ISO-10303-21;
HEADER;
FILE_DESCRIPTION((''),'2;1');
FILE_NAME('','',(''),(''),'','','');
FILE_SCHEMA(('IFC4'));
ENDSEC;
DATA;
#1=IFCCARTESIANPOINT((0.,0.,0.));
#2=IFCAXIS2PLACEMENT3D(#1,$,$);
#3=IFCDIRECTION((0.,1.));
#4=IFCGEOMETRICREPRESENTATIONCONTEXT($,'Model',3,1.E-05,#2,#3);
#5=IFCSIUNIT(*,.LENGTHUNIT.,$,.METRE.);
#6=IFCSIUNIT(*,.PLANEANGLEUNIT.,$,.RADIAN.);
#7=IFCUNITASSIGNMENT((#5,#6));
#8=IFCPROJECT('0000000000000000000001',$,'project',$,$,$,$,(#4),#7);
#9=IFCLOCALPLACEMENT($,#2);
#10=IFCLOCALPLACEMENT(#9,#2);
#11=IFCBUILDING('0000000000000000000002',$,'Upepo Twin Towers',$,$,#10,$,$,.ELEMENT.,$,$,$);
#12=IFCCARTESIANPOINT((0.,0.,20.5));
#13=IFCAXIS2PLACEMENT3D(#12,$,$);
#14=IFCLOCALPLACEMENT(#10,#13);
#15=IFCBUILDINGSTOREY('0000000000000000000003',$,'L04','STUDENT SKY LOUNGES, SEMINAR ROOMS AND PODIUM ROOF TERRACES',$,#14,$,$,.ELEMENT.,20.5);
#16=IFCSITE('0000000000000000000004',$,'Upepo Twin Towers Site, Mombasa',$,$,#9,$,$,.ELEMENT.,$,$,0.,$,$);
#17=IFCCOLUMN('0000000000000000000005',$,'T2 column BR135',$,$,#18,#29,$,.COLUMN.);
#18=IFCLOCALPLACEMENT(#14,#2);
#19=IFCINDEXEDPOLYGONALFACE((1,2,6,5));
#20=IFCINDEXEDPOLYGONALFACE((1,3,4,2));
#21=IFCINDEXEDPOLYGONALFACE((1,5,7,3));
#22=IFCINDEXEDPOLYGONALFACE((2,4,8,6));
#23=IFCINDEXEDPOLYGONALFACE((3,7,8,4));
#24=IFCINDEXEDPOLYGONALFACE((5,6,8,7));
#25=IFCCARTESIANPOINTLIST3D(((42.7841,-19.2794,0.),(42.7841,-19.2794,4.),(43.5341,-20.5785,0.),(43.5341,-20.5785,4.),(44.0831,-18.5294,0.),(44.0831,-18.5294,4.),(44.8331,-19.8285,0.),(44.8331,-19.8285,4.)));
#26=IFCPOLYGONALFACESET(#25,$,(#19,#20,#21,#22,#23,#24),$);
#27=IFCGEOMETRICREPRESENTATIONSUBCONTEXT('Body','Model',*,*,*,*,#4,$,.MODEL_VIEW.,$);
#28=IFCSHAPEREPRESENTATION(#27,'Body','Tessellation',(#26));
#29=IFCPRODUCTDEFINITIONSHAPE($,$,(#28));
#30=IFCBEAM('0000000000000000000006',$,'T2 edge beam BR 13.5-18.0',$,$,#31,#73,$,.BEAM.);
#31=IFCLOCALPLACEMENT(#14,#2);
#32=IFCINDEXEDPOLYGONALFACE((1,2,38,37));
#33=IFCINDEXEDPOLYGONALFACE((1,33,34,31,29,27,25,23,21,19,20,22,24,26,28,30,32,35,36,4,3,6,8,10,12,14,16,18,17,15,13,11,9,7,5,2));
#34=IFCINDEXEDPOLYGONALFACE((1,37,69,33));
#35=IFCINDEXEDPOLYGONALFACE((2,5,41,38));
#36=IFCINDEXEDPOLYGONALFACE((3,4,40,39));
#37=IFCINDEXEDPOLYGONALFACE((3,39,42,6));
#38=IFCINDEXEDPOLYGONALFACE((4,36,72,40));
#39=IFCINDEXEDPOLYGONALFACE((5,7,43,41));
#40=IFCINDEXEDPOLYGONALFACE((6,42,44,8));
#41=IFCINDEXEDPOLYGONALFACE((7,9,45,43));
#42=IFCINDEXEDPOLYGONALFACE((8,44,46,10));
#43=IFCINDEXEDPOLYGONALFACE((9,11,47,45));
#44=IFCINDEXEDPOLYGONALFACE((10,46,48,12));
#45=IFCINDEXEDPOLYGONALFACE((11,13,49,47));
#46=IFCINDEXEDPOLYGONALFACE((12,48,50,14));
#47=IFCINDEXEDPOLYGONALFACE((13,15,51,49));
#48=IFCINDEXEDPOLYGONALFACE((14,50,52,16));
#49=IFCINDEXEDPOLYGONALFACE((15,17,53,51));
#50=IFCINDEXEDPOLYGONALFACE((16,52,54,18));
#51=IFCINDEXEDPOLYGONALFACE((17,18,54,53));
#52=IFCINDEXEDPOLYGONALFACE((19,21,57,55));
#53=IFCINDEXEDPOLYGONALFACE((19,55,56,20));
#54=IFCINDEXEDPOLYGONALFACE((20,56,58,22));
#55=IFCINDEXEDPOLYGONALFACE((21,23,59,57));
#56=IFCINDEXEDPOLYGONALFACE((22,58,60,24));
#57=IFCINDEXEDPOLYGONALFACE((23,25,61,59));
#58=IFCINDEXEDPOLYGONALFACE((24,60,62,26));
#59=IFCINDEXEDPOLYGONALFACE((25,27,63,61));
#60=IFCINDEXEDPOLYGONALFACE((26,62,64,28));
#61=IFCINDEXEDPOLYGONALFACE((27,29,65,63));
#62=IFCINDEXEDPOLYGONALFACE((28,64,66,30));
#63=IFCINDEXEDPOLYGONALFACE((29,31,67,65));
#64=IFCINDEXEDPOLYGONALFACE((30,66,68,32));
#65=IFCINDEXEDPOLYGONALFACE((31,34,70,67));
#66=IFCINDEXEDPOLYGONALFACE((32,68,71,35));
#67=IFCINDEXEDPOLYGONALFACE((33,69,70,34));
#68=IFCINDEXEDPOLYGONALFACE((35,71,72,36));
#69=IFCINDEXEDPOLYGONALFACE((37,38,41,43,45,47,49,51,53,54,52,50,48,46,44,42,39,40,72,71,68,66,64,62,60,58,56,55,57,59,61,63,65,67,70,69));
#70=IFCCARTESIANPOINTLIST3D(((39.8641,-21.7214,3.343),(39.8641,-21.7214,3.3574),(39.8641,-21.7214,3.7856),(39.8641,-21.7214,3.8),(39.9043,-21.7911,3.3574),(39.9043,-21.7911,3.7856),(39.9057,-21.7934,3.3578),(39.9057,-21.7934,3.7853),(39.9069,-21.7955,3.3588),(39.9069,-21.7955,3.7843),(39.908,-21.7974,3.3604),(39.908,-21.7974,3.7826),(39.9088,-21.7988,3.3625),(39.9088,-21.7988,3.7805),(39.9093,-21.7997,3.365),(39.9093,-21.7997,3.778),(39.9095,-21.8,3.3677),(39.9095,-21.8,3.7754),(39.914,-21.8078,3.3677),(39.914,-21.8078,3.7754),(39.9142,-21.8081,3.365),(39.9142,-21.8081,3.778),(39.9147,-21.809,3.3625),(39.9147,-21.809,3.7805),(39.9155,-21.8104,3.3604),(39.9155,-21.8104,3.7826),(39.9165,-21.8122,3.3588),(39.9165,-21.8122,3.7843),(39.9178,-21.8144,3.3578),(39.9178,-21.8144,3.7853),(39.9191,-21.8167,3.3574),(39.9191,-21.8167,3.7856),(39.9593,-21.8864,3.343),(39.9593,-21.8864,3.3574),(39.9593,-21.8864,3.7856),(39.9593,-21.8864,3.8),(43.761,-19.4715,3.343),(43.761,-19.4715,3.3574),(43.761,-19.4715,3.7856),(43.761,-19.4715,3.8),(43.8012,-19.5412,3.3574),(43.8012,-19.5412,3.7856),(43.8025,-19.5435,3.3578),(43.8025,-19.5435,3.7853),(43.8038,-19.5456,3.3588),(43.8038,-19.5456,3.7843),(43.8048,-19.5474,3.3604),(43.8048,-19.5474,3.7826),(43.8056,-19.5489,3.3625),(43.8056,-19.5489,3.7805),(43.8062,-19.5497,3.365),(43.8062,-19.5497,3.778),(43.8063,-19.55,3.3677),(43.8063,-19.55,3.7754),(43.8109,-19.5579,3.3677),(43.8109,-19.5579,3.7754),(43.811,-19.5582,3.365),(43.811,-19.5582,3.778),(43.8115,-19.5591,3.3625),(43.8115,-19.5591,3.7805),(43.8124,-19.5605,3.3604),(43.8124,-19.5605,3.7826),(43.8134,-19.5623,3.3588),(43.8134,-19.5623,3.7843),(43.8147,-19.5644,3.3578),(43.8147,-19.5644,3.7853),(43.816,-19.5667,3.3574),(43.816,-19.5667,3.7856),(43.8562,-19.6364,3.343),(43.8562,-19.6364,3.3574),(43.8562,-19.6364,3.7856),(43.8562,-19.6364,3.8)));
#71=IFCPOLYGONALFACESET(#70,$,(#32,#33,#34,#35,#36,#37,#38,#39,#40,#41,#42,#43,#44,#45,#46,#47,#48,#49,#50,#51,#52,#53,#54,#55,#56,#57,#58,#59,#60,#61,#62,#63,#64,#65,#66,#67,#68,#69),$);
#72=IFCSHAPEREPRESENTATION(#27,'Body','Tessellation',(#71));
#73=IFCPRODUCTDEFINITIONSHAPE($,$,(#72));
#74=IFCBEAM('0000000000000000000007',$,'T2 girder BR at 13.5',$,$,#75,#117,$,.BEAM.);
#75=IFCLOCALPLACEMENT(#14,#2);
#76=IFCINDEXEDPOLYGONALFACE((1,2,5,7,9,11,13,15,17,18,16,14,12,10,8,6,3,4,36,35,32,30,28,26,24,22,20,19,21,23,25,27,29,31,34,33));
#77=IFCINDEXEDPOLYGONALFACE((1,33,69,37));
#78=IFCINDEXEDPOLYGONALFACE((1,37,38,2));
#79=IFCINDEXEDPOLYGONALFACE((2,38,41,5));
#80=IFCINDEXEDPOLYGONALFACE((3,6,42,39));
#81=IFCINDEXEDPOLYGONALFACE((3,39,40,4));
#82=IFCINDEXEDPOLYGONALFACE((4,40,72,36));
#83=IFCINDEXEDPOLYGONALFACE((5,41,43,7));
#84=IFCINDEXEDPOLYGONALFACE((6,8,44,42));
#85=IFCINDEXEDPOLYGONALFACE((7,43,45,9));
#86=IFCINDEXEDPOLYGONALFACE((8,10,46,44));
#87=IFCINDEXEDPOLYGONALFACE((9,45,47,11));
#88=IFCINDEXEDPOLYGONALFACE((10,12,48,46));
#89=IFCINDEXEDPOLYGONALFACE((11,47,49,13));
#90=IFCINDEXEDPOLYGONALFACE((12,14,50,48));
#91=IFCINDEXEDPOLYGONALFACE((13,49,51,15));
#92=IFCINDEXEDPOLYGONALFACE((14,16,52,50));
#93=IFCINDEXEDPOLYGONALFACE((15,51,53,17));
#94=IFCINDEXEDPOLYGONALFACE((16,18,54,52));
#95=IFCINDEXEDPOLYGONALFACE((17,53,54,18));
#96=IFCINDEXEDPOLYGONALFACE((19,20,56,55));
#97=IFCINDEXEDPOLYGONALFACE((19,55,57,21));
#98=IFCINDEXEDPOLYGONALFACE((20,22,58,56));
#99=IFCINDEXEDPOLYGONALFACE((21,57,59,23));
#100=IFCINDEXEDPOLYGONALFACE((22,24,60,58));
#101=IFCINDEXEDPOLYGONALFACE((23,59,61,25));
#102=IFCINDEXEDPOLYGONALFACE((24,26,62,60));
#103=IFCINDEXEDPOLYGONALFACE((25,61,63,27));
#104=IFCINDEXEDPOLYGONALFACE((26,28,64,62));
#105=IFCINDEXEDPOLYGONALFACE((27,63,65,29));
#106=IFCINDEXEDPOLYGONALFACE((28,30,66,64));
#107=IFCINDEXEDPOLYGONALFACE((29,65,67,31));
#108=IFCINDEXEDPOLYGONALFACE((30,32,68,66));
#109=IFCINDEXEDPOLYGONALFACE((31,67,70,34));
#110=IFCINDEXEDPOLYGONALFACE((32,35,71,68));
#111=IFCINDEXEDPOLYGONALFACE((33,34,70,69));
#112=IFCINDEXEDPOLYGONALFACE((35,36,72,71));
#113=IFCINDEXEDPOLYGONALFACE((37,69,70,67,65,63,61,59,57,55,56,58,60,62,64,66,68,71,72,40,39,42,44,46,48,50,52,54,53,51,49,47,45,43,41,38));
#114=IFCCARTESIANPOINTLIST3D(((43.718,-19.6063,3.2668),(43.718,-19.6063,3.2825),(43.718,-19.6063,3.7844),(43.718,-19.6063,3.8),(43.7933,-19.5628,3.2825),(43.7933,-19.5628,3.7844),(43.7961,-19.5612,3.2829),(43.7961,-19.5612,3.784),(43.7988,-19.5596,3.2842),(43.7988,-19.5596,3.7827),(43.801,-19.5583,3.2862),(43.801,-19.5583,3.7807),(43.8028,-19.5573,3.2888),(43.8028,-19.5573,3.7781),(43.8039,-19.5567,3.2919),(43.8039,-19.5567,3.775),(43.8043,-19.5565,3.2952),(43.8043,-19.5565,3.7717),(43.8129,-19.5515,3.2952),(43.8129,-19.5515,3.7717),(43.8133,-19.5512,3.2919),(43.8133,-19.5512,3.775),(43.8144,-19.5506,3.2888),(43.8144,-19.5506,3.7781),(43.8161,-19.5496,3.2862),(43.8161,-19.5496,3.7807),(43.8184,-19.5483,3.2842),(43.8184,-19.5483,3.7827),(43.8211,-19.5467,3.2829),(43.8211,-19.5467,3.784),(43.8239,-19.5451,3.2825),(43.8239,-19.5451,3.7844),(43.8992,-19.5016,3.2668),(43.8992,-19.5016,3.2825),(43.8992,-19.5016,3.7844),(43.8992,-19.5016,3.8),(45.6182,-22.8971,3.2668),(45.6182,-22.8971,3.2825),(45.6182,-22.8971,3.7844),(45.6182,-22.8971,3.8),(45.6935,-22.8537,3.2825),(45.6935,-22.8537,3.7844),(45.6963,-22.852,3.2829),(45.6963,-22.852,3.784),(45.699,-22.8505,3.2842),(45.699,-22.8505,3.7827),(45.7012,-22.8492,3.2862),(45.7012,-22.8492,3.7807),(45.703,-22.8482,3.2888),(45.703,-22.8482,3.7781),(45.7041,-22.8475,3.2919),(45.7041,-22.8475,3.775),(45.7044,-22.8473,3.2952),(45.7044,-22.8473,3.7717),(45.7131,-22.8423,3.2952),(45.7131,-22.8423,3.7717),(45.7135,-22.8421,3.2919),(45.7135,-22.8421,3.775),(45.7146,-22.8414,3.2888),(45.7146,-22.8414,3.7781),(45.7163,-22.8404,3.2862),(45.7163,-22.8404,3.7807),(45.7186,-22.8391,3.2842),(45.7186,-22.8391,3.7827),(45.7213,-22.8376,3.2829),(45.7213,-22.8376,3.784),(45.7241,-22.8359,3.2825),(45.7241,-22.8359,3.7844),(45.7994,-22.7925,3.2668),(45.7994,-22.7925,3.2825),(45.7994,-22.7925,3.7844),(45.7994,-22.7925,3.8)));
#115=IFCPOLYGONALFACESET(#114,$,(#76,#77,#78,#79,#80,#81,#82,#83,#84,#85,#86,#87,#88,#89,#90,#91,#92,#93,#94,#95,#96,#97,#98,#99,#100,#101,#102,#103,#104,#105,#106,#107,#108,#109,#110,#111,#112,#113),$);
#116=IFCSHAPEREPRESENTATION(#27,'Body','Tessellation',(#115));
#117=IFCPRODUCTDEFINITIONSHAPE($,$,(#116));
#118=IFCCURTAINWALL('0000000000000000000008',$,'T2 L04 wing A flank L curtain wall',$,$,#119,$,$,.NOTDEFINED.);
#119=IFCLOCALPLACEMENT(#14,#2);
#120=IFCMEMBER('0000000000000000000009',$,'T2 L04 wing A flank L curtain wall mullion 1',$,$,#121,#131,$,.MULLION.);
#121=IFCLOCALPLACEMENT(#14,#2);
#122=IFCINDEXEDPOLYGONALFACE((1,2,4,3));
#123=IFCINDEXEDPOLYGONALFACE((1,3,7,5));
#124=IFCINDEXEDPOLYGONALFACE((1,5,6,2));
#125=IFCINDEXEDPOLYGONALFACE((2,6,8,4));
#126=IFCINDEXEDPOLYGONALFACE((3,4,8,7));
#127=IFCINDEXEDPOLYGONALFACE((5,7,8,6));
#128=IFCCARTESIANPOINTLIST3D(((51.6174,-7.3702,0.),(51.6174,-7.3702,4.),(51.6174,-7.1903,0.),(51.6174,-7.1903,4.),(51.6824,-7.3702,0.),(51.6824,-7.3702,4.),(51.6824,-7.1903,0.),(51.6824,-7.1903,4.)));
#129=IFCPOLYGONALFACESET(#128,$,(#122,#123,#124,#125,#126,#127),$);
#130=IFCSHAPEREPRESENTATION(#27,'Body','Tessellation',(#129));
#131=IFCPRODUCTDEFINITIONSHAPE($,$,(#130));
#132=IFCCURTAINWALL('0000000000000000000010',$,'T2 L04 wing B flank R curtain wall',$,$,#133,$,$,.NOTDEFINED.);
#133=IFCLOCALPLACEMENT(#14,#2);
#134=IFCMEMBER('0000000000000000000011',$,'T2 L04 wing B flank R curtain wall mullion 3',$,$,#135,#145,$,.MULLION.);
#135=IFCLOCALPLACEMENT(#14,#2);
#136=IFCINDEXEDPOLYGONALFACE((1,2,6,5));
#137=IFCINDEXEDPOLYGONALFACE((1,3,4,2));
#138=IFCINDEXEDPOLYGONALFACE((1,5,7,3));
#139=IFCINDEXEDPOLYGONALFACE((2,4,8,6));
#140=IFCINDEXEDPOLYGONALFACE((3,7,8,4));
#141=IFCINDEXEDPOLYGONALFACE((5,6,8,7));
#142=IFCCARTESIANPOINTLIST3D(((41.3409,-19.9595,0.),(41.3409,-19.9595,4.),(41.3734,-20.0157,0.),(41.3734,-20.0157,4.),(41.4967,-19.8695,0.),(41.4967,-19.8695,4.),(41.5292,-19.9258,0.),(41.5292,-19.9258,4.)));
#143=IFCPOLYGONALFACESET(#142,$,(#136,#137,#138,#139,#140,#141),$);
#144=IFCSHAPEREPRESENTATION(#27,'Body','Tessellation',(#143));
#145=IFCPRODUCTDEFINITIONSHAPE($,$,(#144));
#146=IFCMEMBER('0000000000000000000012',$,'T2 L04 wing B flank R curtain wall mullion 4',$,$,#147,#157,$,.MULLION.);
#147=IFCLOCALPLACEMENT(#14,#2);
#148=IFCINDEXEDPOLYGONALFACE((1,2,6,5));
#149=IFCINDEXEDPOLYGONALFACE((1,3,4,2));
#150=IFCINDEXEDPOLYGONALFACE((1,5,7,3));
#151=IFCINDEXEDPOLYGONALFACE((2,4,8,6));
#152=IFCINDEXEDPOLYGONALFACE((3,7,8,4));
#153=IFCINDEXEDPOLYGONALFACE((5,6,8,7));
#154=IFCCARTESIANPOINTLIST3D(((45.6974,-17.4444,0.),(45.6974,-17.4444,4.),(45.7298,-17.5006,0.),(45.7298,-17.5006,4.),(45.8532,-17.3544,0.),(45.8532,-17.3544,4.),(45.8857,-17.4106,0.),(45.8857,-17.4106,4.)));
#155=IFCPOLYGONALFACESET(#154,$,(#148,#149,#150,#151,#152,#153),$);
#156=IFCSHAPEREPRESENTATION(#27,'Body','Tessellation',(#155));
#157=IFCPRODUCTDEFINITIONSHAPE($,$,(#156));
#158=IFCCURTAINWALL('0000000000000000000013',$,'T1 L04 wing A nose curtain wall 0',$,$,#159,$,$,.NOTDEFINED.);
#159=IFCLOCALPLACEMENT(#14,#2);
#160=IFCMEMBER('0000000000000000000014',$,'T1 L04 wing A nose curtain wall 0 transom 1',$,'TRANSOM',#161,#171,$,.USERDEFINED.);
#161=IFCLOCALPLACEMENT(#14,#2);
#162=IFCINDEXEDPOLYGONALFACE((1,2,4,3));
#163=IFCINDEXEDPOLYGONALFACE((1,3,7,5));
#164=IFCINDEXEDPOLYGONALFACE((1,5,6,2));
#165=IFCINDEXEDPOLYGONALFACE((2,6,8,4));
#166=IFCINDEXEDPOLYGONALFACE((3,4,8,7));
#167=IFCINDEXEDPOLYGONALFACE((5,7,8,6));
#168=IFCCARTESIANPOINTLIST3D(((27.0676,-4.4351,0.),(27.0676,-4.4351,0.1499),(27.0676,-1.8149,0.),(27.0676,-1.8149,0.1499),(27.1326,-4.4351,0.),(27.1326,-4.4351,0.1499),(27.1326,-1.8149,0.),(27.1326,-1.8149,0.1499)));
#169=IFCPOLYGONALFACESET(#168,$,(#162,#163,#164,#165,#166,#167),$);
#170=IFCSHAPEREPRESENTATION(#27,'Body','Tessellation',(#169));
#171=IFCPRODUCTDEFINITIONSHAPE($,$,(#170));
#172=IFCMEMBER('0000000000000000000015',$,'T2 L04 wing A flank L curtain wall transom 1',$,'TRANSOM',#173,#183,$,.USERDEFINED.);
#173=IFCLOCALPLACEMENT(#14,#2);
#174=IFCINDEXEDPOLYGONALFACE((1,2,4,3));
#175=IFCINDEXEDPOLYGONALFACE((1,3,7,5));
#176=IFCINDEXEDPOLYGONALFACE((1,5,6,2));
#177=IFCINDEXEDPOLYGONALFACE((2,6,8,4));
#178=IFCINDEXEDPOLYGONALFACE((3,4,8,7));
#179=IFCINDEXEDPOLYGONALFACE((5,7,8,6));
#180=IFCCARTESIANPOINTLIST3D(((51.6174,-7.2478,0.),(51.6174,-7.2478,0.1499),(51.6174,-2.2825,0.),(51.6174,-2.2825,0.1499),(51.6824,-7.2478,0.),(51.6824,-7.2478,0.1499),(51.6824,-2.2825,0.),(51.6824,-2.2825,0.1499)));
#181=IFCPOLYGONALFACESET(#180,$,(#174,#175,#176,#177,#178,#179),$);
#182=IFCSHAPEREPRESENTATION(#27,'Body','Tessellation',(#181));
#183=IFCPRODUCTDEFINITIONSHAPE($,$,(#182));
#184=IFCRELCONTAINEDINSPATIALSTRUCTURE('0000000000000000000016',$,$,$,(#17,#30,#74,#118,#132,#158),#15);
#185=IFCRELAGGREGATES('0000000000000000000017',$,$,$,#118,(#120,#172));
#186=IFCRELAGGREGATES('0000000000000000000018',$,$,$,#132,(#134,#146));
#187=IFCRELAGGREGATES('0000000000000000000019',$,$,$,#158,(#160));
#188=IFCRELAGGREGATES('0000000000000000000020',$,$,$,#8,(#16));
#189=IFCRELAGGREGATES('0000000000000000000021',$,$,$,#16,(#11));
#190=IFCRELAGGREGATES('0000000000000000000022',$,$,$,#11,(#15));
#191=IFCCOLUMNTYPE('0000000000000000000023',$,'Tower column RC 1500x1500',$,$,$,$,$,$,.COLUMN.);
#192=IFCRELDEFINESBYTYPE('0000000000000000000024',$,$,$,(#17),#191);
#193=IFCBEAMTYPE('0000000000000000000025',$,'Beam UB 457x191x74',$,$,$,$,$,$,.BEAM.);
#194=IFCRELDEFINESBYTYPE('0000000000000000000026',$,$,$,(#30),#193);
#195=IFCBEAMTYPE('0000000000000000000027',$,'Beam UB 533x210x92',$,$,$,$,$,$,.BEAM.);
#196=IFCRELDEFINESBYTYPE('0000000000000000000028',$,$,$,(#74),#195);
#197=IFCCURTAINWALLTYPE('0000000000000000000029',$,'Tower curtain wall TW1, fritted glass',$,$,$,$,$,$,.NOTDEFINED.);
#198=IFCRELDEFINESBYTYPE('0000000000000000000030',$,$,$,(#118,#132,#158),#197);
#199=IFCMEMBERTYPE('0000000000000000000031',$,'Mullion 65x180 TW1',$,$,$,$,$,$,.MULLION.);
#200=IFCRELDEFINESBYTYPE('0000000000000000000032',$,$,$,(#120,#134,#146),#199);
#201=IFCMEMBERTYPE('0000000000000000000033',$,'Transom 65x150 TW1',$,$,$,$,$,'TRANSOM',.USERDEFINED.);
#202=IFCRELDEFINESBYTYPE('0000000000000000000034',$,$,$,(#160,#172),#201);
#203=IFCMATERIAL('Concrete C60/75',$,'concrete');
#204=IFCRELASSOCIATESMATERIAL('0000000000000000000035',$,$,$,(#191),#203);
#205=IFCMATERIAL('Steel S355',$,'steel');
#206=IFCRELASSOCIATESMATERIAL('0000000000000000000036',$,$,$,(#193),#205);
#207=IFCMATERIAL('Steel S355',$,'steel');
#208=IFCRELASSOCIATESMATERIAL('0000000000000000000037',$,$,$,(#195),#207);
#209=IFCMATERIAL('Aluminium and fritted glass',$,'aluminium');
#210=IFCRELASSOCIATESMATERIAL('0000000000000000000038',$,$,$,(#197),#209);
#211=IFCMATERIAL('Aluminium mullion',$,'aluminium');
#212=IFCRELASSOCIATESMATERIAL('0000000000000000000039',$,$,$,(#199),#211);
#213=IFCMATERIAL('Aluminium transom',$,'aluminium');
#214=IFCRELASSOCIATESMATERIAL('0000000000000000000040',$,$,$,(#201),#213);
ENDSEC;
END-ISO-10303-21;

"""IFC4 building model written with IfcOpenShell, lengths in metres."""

from ifc_helpers import new_model, si_unit, direction, frame, origin, origin_2d, place, context, subcontext, project, spatial, rectangle, i_section, extrude, material, material_profile, profile_set, type_object, element, aggregate, save


model = new_model("IFC4")

# Units and contexts
model_context = context("Model", 3, precision=1e-05, world=origin(), true_north=direction((0.0, 1.0)))
body_context = subcontext(model_context, "Body", "Model", "MODEL_VIEW")
ifc_project = project(units=[si_unit("LENGTHUNIT", "METRE"), si_unit("PLANEANGLEUNIT", "RADIAN")], contexts=[model_context])

# Site, building, storey
site_placement = place(None, origin())
site = spatial("IfcSite", under=ifc_project, at=site_placement, Name="Upepo Twin Towers Site, Mombasa", CompositionType="ELEMENT", RefElevation=0.0)
building_placement = place(site_placement, origin())
building = spatial("IfcBuilding", under=site, at=building_placement, Name="Upepo Twin Towers", CompositionType="ELEMENT")
storey_placement = place(building_placement, frame((0.0, 0.0, 20.5)))
storey = spatial("IfcBuildingStorey", under=building, at=storey_placement, Name="L04", Description="STUDENT SKY LOUNGES, SEMINAR ROOMS AND PODIUM ROOF TERRACES", CompositionType="ELEMENT", Elevation=20.5)

# Column
ifc_material_1 = material(Name="Concrete C60/75", Category="concrete")
ifc_material_profile_1 = material_profile(ifc_material_1, rectangle(XDim=1.5, YDim=1.5, at=origin_2d()), Name="RC 1500x1500")
ifc_profile_set_1 = profile_set([ifc_material_profile_1], Name="Concrete C60/75")
column_type = type_object("IfcColumnType", Name="Tower column RC 1500x1500", PredefinedType="COLUMN", material=ifc_profile_set_1)
column_placement = place(storey_placement, frame((43.8086, -19.554, 0.0), z_axis=(0.0, 0.0, 1.0), x_axis=(0.866025, 0.5, 0.0)))
element("IfcColumn", 1, at=column_placement, inside=storey, type_object=column_type, Name="T2 column BR135", PredefinedType="COLUMN", context=body_context, shape_type="SweptSolid", body=[
    extrude(rectangle(XDim=1.5, YDim=1.5, at=origin_2d()), origin(), (0.0, 0.0, 1.0), 4.0),
])

# Beams
ifc_material_2 = material(Name="Steel S355", Category="steel")
ifc_material_profile_2 = material_profile(ifc_material_2, i_section(OverallWidth=0.1904, OverallDepth=0.457, WebThickness=0.009, FlangeThickness=0.0144, FilletRadius=0.0103, at=origin_2d()), Name="UB 457x191x74")
ifc_profile_set_2 = profile_set([ifc_material_profile_2], Name="Steel S355")
beam_type_1 = type_object("IfcBeamType", Name="Beam UB 457x191x74", PredefinedType="BEAM", material=ifc_profile_set_2)
beam_1_placement = place(storey_placement, frame((43.8086, -19.554, 3.5715), z_axis=(-0.866018, -0.500014, 0.0), x_axis=(0.500014, -0.866018, 0.0)))
element("IfcBeam", 2, at=beam_1_placement, inside=storey, type_object=beam_type_1, Name="T2 edge beam BR 13.5-18.0", PredefinedType="BEAM", context=body_context, shape_type="SweptSolid", body=[
    extrude(i_section(OverallWidth=0.1904, OverallDepth=0.457, WebThickness=0.009, FlangeThickness=0.0144, FilletRadius=0.0103, at=origin_2d()), origin(), (0.0, 0.0, 1.0), 4.4998),
])
ifc_material_3 = material(Name="Steel S355", Category="steel")
ifc_material_profile_3 = material_profile(ifc_material_3, i_section(OverallWidth=0.2092, OverallDepth=0.5332, WebThickness=0.01, FlangeThickness=0.0156, FilletRadius=0.0127, at=origin_2d()), Name="UB 533x210x92")
ifc_profile_set_3 = profile_set([ifc_material_profile_3], Name="Steel S355")
beam_type_2 = type_object("IfcBeamType", Name="Beam UB 533x210x92", PredefinedType="BEAM", material=ifc_profile_set_3)
beam_2_placement = place(storey_placement, frame((43.8086, -19.554, 3.5334), z_axis=(0.500043, -0.866, 0.0), x_axis=(0.866, 0.500043, 0.0)))
element("IfcBeam", 3, at=beam_2_placement, inside=storey, type_object=beam_type_2, Name="T2 girder BR at 13.5", PredefinedType="BEAM", context=body_context, shape_type="SweptSolid", body=[
    extrude(i_section(OverallWidth=0.2092, OverallDepth=0.5332, WebThickness=0.01, FlangeThickness=0.0156, FilletRadius=0.0127, at=origin_2d()), origin(), (0.0, 0.0, 1.0), 3.8),
])

# Curtain wall, member
ifc_material_4 = material(Name="Aluminium and fritted glass", Category="aluminium")
curtain_wall_type = type_object("IfcCurtainWallType", Name="Tower curtain wall TW1, fritted glass", PredefinedType="NOTDEFINED", material=ifc_material_4)
curtain_wall_1_placement = place(storey_placement, origin())
curtain_wall_1 = element("IfcCurtainWall", 4, at=curtain_wall_1_placement, inside=storey, type_object=curtain_wall_type, Name="T2 L04 wing A flank L curtain wall", PredefinedType="NOTDEFINED")
ifc_material_5 = material(Name="Aluminium mullion", Category="aluminium")
ifc_material_profile_4 = material_profile(ifc_material_5, rectangle(XDim=0.0649, YDim=0.1799, at=origin_2d()), Name="MULLION 65x180")
ifc_profile_set_4 = profile_set([ifc_material_profile_4], Name="Aluminium mullion")
member_type_1 = type_object("IfcMemberType", Name="Mullion 65x180 TW1", PredefinedType="MULLION", material=ifc_profile_set_4)
member_1_placement = place(storey_placement, frame((51.6499, -7.2803, 0.0), z_axis=(0.0, 0.0, 1.0), x_axis=(-1.0, 0.0, 0.0)))
member_1 = element("IfcMember", 5, at=member_1_placement, type_object=member_type_1, Name="T2 L04 wing A flank L curtain wall mullion 1", PredefinedType="MULLION", context=body_context, shape_type="SweptSolid", body=[
    extrude(rectangle(XDim=0.0649, YDim=0.1799, at=origin_2d()), origin(), (0.0, 0.0, 1.0), 4.0),
])

# Curtain wall, members
curtain_wall_2_placement = place(storey_placement, origin())
curtain_wall_2 = element("IfcCurtainWall", 6, at=curtain_wall_2_placement, inside=storey, type_object=curtain_wall_type, Name="T2 L04 wing B flank R curtain wall", PredefinedType="NOTDEFINED")
member_2_placement = place(storey_placement, frame((41.4351, -19.9426, 0.0), z_axis=(0.0, 0.0, 1.0), x_axis=(-0.5, 0.866025, 0.0)))
member_2 = element("IfcMember", 7, at=member_2_placement, type_object=member_type_1, Name="T2 L04 wing B flank R curtain wall mullion 3", PredefinedType="MULLION", context=body_context, shape_type="SweptSolid", body=[
    extrude(rectangle(XDim=0.0649, YDim=0.1799, at=origin_2d()), origin(), (0.0, 0.0, 1.0), 4.0),
])
member_3_placement = place(storey_placement, frame((45.7915, -17.4275, 0.0), z_axis=(0.0, 0.0, 1.0), x_axis=(-0.5, 0.866025, 0.0)))
member_3 = element("IfcMember", 8, at=member_3_placement, type_object=member_type_1, Name="T2 L04 wing B flank R curtain wall mullion 4", PredefinedType="MULLION", context=body_context, shape_type="SweptSolid", body=[
    extrude(rectangle(XDim=0.0649, YDim=0.1799, at=origin_2d()), origin(), (0.0, 0.0, 1.0), 4.0),
])

# Curtain wall, member
curtain_wall_3_placement = place(storey_placement, origin())
curtain_wall_3 = element("IfcCurtainWall", 9, at=curtain_wall_3_placement, inside=storey, type_object=curtain_wall_type, Name="T1 L04 wing A nose curtain wall 0", PredefinedType="NOTDEFINED")
ifc_material_6 = material(Name="Aluminium transom", Category="aluminium")
ifc_material_profile_5 = material_profile(ifc_material_6, rectangle(XDim=0.0649, YDim=0.1499, at=origin_2d()), Name="TRANSOM 65x150")
ifc_profile_set_5 = profile_set([ifc_material_profile_5], Name="Aluminium transom")
member_type_2 = type_object("IfcMemberType", Name="Transom 65x150 TW1", ElementType="TRANSOM", PredefinedType="USERDEFINED", material=ifc_profile_set_5)
member_4_placement = place(storey_placement, frame((27.1001, -4.4351, 0.075), z_axis=(0.0, 1.0, 0.0), x_axis=(-1.0, 0.0, 0.0)))
member_4 = element("IfcMember", 10, at=member_4_placement, type_object=member_type_2, Name="T1 L04 wing A nose curtain wall 0 transom 1", ObjectType="TRANSOM", PredefinedType="USERDEFINED", context=body_context, shape_type="SweptSolid", body=[
    extrude(rectangle(XDim=0.0649, YDim=0.1499, at=origin_2d()), origin(), (0.0, 0.0, 1.0), 2.6201),
])

# Member
member_5_placement = place(storey_placement, frame((51.6499, -7.2478, 0.075), z_axis=(0.0, 1.0, 0.0), x_axis=(-1.0, 0.0, 0.0)))
member_5 = element("IfcMember", 11, at=member_5_placement, type_object=member_type_2, Name="T2 L04 wing A flank L curtain wall transom 1", ObjectType="TRANSOM", PredefinedType="USERDEFINED", context=body_context, shape_type="SweptSolid", body=[
    extrude(rectangle(XDim=0.0649, YDim=0.1499, at=origin_2d()), origin(), (0.0, 0.0, 1.0), 4.9653),
])

aggregate(curtain_wall_1, [member_1, member_5])
aggregate(curtain_wall_2, [member_2, member_3])
aggregate(curtain_wall_3, [member_4])

save(model, "model.ifc")
